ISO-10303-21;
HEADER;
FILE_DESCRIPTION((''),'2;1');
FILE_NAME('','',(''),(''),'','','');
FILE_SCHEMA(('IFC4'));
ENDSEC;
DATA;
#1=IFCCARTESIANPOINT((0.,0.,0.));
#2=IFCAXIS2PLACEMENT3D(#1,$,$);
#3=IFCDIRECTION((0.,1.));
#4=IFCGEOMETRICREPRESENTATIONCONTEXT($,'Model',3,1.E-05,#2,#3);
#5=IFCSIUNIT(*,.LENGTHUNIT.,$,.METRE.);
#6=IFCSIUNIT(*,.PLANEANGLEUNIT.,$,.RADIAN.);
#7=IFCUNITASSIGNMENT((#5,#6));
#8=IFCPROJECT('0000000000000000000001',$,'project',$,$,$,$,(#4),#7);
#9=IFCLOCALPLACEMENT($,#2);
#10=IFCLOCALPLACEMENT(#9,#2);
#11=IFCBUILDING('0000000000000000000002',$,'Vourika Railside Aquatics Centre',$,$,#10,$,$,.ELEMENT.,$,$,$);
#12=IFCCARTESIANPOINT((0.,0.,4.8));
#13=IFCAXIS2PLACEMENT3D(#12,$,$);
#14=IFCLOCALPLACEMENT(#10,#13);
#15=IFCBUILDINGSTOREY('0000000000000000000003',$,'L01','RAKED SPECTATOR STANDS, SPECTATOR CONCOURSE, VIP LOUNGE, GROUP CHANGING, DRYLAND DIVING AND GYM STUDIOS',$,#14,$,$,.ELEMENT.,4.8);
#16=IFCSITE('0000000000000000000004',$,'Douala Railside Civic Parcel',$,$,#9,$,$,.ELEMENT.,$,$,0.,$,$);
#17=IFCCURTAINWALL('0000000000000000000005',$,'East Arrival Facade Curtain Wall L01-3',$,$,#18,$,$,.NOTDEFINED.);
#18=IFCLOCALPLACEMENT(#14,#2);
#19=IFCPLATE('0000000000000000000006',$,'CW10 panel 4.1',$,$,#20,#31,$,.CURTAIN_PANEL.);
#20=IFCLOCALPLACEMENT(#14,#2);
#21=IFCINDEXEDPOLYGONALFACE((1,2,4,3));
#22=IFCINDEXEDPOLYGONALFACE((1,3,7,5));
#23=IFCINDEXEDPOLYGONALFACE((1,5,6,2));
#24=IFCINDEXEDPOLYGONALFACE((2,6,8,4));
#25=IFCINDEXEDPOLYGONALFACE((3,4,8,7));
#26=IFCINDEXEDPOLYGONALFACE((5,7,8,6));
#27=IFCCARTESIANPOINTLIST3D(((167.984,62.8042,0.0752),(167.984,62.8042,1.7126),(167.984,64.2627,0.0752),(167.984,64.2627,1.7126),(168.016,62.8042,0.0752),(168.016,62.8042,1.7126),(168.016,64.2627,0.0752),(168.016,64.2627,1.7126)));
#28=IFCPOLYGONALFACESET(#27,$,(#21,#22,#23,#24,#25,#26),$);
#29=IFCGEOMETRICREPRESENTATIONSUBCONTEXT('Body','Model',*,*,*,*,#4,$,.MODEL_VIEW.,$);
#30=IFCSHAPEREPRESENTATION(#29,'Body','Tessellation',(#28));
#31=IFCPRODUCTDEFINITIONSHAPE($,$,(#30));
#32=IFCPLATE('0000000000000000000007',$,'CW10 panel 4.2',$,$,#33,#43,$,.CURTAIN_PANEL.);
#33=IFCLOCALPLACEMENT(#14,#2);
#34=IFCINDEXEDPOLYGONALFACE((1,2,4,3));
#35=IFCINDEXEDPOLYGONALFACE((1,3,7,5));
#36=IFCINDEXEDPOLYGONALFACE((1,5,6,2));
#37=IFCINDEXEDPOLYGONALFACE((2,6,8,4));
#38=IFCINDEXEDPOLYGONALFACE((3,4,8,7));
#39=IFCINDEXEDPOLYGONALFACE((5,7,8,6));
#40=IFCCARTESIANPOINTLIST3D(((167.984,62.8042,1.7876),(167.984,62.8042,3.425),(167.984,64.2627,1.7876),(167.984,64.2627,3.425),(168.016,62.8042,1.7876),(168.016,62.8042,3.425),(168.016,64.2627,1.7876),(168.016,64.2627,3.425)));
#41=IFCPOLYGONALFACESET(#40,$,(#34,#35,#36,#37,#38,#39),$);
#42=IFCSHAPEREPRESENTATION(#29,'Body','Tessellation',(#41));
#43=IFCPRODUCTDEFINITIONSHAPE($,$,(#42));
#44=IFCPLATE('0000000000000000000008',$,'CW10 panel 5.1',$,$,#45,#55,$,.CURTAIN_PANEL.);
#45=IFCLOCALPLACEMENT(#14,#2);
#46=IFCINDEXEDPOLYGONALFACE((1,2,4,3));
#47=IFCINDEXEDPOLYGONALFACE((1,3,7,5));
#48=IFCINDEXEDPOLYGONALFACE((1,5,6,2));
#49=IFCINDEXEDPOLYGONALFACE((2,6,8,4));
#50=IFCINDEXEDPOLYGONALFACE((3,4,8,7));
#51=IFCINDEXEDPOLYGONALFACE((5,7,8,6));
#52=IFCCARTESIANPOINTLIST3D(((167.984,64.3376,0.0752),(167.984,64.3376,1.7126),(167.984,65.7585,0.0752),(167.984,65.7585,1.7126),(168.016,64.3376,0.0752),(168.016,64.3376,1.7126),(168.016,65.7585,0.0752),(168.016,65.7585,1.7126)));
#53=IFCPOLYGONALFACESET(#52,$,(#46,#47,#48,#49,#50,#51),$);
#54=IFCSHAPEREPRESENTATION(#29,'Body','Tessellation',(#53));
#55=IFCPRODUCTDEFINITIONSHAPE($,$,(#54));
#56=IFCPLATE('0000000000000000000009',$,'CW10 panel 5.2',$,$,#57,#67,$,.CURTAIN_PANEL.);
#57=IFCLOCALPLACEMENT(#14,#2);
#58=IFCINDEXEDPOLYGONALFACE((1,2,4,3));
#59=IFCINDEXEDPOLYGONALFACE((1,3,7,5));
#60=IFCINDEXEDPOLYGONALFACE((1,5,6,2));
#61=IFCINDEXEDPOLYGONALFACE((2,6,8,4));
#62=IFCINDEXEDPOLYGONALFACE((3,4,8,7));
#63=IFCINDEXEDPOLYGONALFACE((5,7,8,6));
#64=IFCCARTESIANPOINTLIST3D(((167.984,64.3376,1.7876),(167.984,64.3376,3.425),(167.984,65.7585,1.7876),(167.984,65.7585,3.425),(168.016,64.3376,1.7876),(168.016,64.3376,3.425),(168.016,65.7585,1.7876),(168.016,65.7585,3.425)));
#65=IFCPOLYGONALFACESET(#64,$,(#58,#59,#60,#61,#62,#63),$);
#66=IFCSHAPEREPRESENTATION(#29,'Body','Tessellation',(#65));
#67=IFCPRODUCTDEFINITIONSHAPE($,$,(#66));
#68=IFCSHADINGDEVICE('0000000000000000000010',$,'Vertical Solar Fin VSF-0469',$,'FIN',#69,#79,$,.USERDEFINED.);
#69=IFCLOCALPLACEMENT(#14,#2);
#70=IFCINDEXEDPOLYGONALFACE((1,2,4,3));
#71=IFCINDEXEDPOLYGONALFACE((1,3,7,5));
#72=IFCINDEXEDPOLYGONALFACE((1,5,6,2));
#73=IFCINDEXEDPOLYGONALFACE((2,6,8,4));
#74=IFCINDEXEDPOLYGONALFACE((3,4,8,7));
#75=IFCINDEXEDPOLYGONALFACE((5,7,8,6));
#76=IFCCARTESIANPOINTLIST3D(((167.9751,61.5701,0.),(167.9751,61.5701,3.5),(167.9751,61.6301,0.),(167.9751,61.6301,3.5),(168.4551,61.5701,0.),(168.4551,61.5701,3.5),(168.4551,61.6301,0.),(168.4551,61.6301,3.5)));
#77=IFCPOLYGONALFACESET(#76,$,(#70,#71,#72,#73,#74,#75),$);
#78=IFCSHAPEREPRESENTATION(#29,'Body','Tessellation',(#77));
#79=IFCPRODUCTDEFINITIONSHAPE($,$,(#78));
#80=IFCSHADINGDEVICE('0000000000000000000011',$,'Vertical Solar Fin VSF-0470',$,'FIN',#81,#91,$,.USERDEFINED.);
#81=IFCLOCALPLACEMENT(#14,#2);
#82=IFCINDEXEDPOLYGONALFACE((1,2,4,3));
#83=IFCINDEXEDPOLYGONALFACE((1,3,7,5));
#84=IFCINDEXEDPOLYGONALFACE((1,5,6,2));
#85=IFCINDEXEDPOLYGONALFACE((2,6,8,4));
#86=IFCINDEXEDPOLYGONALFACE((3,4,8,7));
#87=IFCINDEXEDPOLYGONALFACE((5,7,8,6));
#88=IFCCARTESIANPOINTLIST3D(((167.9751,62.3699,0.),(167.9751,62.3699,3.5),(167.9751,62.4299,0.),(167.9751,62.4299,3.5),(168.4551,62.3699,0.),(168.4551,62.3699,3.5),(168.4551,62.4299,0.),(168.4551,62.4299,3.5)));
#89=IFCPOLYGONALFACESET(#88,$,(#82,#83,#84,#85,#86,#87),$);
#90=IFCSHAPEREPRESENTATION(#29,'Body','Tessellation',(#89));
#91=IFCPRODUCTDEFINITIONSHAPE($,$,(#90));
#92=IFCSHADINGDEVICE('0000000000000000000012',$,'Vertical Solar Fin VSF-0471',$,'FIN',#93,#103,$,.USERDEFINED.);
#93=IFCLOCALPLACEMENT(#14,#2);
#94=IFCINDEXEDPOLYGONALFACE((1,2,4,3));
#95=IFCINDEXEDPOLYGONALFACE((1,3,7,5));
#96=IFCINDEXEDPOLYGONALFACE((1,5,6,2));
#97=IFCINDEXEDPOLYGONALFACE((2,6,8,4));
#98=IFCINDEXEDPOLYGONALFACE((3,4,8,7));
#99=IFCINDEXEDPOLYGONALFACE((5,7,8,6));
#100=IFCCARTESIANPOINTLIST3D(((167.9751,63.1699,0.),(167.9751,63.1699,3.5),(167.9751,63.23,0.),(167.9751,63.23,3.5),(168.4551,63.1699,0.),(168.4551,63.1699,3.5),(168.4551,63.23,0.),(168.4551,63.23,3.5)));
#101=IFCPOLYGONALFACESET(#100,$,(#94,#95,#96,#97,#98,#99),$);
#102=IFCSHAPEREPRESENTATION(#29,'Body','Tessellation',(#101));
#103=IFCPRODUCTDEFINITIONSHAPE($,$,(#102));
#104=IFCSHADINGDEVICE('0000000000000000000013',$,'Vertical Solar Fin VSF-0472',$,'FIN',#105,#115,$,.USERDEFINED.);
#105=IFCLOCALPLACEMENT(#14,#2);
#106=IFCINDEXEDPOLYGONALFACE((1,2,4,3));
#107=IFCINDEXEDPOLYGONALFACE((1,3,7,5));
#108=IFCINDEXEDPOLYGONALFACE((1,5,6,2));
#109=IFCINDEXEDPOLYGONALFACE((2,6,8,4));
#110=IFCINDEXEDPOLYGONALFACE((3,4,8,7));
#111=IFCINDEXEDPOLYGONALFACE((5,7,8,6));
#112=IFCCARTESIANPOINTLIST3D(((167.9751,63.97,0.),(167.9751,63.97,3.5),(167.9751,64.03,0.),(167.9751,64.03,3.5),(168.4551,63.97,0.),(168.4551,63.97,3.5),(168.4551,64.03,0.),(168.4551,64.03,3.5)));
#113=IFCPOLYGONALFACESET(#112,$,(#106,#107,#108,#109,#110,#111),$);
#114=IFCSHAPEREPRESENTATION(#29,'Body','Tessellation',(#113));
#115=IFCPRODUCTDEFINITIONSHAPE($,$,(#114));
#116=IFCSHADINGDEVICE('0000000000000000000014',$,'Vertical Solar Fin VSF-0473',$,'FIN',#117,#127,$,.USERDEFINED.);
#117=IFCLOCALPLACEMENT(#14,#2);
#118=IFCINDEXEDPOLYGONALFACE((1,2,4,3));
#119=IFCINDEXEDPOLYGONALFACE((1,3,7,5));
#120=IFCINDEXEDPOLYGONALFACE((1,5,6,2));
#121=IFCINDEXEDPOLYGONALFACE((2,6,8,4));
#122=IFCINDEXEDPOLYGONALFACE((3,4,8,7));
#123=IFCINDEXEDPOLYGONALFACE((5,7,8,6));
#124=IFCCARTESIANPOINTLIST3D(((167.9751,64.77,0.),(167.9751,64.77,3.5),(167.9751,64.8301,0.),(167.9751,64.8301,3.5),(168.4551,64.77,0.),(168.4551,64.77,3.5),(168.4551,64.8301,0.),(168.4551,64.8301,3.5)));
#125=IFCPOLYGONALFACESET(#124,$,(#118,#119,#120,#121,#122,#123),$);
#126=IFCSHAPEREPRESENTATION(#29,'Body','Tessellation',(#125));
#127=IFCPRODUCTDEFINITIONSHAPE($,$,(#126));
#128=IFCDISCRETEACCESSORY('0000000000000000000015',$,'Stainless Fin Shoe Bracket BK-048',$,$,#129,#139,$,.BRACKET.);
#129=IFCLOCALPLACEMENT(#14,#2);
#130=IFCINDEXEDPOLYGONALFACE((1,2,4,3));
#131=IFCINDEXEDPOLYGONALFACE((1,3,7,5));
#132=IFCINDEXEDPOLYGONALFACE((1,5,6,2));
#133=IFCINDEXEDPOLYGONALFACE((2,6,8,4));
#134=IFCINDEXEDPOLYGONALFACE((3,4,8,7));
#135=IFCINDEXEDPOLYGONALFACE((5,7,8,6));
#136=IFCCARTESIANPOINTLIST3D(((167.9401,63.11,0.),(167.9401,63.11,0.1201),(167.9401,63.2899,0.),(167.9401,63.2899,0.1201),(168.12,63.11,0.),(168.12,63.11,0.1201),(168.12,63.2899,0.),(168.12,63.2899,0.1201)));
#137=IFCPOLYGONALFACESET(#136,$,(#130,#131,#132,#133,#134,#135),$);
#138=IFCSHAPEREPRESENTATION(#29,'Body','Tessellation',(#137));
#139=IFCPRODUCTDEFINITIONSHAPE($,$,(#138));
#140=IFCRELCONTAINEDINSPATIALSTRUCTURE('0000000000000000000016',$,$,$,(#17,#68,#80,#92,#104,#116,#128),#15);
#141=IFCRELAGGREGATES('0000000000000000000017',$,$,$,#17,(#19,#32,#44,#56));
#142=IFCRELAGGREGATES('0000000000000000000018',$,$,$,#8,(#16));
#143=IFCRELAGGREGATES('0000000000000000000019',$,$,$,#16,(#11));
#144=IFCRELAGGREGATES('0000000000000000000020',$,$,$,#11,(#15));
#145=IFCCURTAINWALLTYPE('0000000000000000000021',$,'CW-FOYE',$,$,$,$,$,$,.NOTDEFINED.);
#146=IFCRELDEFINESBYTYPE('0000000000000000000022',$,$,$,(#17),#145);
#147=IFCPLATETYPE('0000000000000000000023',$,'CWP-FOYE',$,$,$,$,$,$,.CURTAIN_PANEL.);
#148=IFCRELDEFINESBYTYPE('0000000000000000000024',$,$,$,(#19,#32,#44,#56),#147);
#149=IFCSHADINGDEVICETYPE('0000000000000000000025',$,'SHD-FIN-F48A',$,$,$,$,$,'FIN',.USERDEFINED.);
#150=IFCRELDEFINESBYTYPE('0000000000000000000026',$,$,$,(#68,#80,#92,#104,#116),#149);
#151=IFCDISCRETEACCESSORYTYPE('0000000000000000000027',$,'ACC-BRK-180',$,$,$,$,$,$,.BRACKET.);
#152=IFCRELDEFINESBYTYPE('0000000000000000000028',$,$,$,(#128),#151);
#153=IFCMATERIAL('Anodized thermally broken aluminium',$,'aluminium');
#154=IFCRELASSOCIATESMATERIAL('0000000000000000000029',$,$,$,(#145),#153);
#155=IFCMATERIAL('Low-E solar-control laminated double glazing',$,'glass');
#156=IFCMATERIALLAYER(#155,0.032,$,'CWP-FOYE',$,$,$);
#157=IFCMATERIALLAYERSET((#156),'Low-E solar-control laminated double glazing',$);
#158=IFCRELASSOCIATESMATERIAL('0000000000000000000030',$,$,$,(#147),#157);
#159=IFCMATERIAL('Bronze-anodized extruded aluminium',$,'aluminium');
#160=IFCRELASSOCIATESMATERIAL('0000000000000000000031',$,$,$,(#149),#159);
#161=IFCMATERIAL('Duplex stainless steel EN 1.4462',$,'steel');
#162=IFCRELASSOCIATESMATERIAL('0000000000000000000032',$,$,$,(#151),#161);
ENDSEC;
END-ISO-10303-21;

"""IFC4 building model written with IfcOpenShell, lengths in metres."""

from ifc_helpers import new_model, si_unit, direction, frame, origin, origin_2d, place, context, subcontext, project, spatial, rectangle, extrude, material, layer, layer_set, material_profile, profile_set, type_object, element, aggregate, save


model = new_model("IFC4")

# Units and contexts
model_context = context("Model", 3, precision=1e-05, world=origin(), true_north=direction((0.0, 1.0)))
body_context = subcontext(model_context, "Body", "Model", "MODEL_VIEW")
ifc_project = project(units=[si_unit("LENGTHUNIT", "METRE"), si_unit("PLANEANGLEUNIT", "RADIAN")], contexts=[model_context])

# Site, building, storey
site_placement = place(None, origin())
site = spatial("IfcSite", under=ifc_project, at=site_placement, Name="Douala Railside Civic Parcel", CompositionType="ELEMENT", RefElevation=0.0)
building_placement = place(site_placement, origin())
building = spatial("IfcBuilding", under=site, at=building_placement, Name="Vourika Railside Aquatics Centre", CompositionType="ELEMENT")
storey_placement = place(building_placement, frame((0.0, 0.0, 4.8)))
storey = spatial("IfcBuildingStorey", under=building, at=storey_placement, Name="L01", Description="RAKED SPECTATOR STANDS, SPECTATOR CONCOURSE, VIP LOUNGE, GROUP CHANGING, DRYLAND DIVING AND GYM STUDIOS", CompositionType="ELEMENT", Elevation=4.8)

# Curtain wall, plates
ifc_material_1 = material(Name="Anodized thermally broken aluminium", Category="aluminium")
curtain_wall_type = type_object("IfcCurtainWallType", Name="CW-FOYE", PredefinedType="NOTDEFINED", material=ifc_material_1)
curtain_wall_placement = place(storey_placement, origin())
curtain_wall = element("IfcCurtainWall", 1, at=curtain_wall_placement, inside=storey, type_object=curtain_wall_type, Name="East Arrival Facade Curtain Wall L01-3", PredefinedType="NOTDEFINED")
ifc_material_2 = material(Name="Low-E solar-control laminated double glazing", Category="glass")
ifc_layer = layer(ifc_material_2, 0.032, Name="CWP-FOYE")
ifc_layer_set = layer_set([ifc_layer], Name="Low-E solar-control laminated double glazing")
plate_type = type_object("IfcPlateType", Name="CWP-FOYE", PredefinedType="CURTAIN_PANEL", material=ifc_layer_set)
plate_1_placement = place(storey_placement, frame((168.0, 63.5334, 0.0752), z_axis=(0.0, 0.0, 1.0), x_axis=(0.0, 1.0, 0.0)))
plate_1 = element("IfcPlate", 2, at=plate_1_placement, type_object=plate_type, Name="CW10 panel 4.1", PredefinedType="CURTAIN_PANEL", context=body_context, shape_type="SweptSolid", body=[
    extrude(rectangle(XDim=1.4585, YDim=0.032, at=origin_2d()), origin(), (0.0, 0.0, 1.0), 1.6375),
])
plate_2_placement = place(storey_placement, frame((168.0, 63.5334, 1.7876), z_axis=(0.0, 0.0, 1.0), x_axis=(0.0, 1.0, 0.0)))
plate_2 = element("IfcPlate", 3, at=plate_2_placement, type_object=plate_type, Name="CW10 panel 4.2", PredefinedType="CURTAIN_PANEL", context=body_context, shape_type="SweptSolid", body=[
    extrude(rectangle(XDim=1.4585, YDim=0.032, at=origin_2d()), origin(), (0.0, 0.0, 1.0), 1.6375),
])
plate_3_placement = place(storey_placement, frame((168.0, 65.0481, 0.0752), z_axis=(0.0, 0.0, 1.0), x_axis=(0.0, 1.0, 0.0)))
plate_3 = element("IfcPlate", 4, at=plate_3_placement, type_object=plate_type, Name="CW10 panel 5.1", PredefinedType="CURTAIN_PANEL", context=body_context, shape_type="SweptSolid", body=[
    extrude(rectangle(XDim=1.4209, YDim=0.032, at=origin_2d()), origin(), (0.0, 0.0, 1.0), 1.6375),
])
plate_4_placement = place(storey_placement, frame((168.0, 65.0481, 1.7876), z_axis=(0.0, 0.0, 1.0), x_axis=(0.0, 1.0, 0.0)))
plate_4 = element("IfcPlate", 5, at=plate_4_placement, type_object=plate_type, Name="CW10 panel 5.2", PredefinedType="CURTAIN_PANEL", context=body_context, shape_type="SweptSolid", body=[
    extrude(rectangle(XDim=1.4209, YDim=0.032, at=origin_2d()), origin(), (0.0, 0.0, 1.0), 1.6375),
])
aggregate(curtain_wall, [plate_1, plate_2, plate_3, plate_4])

# Shading devices
ifc_material_3 = material(Name="Bronze-anodized extruded aluminium", Category="aluminium")
ifc_material_profile_1 = material_profile(ifc_material_3, rectangle(XDim=0.0601, YDim=0.48, at=origin_2d()), Name="ALU-FIN 60x480")
ifc_profile_set_1 = profile_set([ifc_material_profile_1], Name="Bronze-anodized extruded aluminium")
shading_device_type = type_object("IfcShadingDeviceType", Name="SHD-FIN-F48A", ElementType="FIN", PredefinedType="USERDEFINED", material=ifc_profile_set_1)
for number, where, z_axis, x_axis, name in (
    (6, (168.2151, 61.6001, 0.0), (0.0, 0.0, 1.0), (0.0, -1.0, 0.0), "Vertical Solar Fin VSF-0469"),
    (7, (168.2151, 62.3999, 0.0), (0.0, 0.0, 1.0), (0.0, -1.0, 0.0), "Vertical Solar Fin VSF-0470"),
    (8, (168.2151, 63.2, 0.0), (0.0, 0.0, 1.0), (0.0, -1.0, 0.0), "Vertical Solar Fin VSF-0471"),
    (9, (168.2151, 64.0, 0.0), (0.0, 0.0, 1.0), (0.0, -1.0, 0.0), "Vertical Solar Fin VSF-0472"),
    (10, (168.2151, 64.8, 0.0), (0.0, 0.0, 1.0), (0.0, -1.0, 0.0), "Vertical Solar Fin VSF-0473"),
):
    element("IfcShadingDevice", number, at=place(storey_placement, frame(where, z_axis=z_axis, x_axis=x_axis)), inside=storey, type_object=shading_device_type, Name=name, ObjectType="FIN", PredefinedType="USERDEFINED", context=body_context, shape_type="SweptSolid", body=[
        extrude(rectangle(XDim=0.0601, YDim=0.48, at=origin_2d()), origin(), (0.0, 0.0, 1.0), 3.5),
    ])

# Discrete accessory
ifc_material_4 = material(Name="Duplex stainless steel EN 1.4462", Category="steel")
discrete_accessory_type = type_object("IfcDiscreteAccessoryType", Name="ACC-BRK-180", PredefinedType="BRACKET", material=ifc_material_4)
discrete_accessory_placement = place(storey_placement, frame((168.03, 63.2, 0.0), z_axis=(0.0, 0.0, 1.0), x_axis=(1.0, 0.0, 0.0)))
element("IfcDiscreteAccessory", 11, at=discrete_accessory_placement, inside=storey, type_object=discrete_accessory_type, Name="Stainless Fin Shoe Bracket BK-048", PredefinedType="BRACKET", context=body_context, shape_type="SweptSolid", body=[
    extrude(rectangle(XDim=0.1799, YDim=0.1799, at=origin_2d()), origin(), (0.0, 0.0, 1.0), 0.1201),
])

save(model, "model.ifc")
